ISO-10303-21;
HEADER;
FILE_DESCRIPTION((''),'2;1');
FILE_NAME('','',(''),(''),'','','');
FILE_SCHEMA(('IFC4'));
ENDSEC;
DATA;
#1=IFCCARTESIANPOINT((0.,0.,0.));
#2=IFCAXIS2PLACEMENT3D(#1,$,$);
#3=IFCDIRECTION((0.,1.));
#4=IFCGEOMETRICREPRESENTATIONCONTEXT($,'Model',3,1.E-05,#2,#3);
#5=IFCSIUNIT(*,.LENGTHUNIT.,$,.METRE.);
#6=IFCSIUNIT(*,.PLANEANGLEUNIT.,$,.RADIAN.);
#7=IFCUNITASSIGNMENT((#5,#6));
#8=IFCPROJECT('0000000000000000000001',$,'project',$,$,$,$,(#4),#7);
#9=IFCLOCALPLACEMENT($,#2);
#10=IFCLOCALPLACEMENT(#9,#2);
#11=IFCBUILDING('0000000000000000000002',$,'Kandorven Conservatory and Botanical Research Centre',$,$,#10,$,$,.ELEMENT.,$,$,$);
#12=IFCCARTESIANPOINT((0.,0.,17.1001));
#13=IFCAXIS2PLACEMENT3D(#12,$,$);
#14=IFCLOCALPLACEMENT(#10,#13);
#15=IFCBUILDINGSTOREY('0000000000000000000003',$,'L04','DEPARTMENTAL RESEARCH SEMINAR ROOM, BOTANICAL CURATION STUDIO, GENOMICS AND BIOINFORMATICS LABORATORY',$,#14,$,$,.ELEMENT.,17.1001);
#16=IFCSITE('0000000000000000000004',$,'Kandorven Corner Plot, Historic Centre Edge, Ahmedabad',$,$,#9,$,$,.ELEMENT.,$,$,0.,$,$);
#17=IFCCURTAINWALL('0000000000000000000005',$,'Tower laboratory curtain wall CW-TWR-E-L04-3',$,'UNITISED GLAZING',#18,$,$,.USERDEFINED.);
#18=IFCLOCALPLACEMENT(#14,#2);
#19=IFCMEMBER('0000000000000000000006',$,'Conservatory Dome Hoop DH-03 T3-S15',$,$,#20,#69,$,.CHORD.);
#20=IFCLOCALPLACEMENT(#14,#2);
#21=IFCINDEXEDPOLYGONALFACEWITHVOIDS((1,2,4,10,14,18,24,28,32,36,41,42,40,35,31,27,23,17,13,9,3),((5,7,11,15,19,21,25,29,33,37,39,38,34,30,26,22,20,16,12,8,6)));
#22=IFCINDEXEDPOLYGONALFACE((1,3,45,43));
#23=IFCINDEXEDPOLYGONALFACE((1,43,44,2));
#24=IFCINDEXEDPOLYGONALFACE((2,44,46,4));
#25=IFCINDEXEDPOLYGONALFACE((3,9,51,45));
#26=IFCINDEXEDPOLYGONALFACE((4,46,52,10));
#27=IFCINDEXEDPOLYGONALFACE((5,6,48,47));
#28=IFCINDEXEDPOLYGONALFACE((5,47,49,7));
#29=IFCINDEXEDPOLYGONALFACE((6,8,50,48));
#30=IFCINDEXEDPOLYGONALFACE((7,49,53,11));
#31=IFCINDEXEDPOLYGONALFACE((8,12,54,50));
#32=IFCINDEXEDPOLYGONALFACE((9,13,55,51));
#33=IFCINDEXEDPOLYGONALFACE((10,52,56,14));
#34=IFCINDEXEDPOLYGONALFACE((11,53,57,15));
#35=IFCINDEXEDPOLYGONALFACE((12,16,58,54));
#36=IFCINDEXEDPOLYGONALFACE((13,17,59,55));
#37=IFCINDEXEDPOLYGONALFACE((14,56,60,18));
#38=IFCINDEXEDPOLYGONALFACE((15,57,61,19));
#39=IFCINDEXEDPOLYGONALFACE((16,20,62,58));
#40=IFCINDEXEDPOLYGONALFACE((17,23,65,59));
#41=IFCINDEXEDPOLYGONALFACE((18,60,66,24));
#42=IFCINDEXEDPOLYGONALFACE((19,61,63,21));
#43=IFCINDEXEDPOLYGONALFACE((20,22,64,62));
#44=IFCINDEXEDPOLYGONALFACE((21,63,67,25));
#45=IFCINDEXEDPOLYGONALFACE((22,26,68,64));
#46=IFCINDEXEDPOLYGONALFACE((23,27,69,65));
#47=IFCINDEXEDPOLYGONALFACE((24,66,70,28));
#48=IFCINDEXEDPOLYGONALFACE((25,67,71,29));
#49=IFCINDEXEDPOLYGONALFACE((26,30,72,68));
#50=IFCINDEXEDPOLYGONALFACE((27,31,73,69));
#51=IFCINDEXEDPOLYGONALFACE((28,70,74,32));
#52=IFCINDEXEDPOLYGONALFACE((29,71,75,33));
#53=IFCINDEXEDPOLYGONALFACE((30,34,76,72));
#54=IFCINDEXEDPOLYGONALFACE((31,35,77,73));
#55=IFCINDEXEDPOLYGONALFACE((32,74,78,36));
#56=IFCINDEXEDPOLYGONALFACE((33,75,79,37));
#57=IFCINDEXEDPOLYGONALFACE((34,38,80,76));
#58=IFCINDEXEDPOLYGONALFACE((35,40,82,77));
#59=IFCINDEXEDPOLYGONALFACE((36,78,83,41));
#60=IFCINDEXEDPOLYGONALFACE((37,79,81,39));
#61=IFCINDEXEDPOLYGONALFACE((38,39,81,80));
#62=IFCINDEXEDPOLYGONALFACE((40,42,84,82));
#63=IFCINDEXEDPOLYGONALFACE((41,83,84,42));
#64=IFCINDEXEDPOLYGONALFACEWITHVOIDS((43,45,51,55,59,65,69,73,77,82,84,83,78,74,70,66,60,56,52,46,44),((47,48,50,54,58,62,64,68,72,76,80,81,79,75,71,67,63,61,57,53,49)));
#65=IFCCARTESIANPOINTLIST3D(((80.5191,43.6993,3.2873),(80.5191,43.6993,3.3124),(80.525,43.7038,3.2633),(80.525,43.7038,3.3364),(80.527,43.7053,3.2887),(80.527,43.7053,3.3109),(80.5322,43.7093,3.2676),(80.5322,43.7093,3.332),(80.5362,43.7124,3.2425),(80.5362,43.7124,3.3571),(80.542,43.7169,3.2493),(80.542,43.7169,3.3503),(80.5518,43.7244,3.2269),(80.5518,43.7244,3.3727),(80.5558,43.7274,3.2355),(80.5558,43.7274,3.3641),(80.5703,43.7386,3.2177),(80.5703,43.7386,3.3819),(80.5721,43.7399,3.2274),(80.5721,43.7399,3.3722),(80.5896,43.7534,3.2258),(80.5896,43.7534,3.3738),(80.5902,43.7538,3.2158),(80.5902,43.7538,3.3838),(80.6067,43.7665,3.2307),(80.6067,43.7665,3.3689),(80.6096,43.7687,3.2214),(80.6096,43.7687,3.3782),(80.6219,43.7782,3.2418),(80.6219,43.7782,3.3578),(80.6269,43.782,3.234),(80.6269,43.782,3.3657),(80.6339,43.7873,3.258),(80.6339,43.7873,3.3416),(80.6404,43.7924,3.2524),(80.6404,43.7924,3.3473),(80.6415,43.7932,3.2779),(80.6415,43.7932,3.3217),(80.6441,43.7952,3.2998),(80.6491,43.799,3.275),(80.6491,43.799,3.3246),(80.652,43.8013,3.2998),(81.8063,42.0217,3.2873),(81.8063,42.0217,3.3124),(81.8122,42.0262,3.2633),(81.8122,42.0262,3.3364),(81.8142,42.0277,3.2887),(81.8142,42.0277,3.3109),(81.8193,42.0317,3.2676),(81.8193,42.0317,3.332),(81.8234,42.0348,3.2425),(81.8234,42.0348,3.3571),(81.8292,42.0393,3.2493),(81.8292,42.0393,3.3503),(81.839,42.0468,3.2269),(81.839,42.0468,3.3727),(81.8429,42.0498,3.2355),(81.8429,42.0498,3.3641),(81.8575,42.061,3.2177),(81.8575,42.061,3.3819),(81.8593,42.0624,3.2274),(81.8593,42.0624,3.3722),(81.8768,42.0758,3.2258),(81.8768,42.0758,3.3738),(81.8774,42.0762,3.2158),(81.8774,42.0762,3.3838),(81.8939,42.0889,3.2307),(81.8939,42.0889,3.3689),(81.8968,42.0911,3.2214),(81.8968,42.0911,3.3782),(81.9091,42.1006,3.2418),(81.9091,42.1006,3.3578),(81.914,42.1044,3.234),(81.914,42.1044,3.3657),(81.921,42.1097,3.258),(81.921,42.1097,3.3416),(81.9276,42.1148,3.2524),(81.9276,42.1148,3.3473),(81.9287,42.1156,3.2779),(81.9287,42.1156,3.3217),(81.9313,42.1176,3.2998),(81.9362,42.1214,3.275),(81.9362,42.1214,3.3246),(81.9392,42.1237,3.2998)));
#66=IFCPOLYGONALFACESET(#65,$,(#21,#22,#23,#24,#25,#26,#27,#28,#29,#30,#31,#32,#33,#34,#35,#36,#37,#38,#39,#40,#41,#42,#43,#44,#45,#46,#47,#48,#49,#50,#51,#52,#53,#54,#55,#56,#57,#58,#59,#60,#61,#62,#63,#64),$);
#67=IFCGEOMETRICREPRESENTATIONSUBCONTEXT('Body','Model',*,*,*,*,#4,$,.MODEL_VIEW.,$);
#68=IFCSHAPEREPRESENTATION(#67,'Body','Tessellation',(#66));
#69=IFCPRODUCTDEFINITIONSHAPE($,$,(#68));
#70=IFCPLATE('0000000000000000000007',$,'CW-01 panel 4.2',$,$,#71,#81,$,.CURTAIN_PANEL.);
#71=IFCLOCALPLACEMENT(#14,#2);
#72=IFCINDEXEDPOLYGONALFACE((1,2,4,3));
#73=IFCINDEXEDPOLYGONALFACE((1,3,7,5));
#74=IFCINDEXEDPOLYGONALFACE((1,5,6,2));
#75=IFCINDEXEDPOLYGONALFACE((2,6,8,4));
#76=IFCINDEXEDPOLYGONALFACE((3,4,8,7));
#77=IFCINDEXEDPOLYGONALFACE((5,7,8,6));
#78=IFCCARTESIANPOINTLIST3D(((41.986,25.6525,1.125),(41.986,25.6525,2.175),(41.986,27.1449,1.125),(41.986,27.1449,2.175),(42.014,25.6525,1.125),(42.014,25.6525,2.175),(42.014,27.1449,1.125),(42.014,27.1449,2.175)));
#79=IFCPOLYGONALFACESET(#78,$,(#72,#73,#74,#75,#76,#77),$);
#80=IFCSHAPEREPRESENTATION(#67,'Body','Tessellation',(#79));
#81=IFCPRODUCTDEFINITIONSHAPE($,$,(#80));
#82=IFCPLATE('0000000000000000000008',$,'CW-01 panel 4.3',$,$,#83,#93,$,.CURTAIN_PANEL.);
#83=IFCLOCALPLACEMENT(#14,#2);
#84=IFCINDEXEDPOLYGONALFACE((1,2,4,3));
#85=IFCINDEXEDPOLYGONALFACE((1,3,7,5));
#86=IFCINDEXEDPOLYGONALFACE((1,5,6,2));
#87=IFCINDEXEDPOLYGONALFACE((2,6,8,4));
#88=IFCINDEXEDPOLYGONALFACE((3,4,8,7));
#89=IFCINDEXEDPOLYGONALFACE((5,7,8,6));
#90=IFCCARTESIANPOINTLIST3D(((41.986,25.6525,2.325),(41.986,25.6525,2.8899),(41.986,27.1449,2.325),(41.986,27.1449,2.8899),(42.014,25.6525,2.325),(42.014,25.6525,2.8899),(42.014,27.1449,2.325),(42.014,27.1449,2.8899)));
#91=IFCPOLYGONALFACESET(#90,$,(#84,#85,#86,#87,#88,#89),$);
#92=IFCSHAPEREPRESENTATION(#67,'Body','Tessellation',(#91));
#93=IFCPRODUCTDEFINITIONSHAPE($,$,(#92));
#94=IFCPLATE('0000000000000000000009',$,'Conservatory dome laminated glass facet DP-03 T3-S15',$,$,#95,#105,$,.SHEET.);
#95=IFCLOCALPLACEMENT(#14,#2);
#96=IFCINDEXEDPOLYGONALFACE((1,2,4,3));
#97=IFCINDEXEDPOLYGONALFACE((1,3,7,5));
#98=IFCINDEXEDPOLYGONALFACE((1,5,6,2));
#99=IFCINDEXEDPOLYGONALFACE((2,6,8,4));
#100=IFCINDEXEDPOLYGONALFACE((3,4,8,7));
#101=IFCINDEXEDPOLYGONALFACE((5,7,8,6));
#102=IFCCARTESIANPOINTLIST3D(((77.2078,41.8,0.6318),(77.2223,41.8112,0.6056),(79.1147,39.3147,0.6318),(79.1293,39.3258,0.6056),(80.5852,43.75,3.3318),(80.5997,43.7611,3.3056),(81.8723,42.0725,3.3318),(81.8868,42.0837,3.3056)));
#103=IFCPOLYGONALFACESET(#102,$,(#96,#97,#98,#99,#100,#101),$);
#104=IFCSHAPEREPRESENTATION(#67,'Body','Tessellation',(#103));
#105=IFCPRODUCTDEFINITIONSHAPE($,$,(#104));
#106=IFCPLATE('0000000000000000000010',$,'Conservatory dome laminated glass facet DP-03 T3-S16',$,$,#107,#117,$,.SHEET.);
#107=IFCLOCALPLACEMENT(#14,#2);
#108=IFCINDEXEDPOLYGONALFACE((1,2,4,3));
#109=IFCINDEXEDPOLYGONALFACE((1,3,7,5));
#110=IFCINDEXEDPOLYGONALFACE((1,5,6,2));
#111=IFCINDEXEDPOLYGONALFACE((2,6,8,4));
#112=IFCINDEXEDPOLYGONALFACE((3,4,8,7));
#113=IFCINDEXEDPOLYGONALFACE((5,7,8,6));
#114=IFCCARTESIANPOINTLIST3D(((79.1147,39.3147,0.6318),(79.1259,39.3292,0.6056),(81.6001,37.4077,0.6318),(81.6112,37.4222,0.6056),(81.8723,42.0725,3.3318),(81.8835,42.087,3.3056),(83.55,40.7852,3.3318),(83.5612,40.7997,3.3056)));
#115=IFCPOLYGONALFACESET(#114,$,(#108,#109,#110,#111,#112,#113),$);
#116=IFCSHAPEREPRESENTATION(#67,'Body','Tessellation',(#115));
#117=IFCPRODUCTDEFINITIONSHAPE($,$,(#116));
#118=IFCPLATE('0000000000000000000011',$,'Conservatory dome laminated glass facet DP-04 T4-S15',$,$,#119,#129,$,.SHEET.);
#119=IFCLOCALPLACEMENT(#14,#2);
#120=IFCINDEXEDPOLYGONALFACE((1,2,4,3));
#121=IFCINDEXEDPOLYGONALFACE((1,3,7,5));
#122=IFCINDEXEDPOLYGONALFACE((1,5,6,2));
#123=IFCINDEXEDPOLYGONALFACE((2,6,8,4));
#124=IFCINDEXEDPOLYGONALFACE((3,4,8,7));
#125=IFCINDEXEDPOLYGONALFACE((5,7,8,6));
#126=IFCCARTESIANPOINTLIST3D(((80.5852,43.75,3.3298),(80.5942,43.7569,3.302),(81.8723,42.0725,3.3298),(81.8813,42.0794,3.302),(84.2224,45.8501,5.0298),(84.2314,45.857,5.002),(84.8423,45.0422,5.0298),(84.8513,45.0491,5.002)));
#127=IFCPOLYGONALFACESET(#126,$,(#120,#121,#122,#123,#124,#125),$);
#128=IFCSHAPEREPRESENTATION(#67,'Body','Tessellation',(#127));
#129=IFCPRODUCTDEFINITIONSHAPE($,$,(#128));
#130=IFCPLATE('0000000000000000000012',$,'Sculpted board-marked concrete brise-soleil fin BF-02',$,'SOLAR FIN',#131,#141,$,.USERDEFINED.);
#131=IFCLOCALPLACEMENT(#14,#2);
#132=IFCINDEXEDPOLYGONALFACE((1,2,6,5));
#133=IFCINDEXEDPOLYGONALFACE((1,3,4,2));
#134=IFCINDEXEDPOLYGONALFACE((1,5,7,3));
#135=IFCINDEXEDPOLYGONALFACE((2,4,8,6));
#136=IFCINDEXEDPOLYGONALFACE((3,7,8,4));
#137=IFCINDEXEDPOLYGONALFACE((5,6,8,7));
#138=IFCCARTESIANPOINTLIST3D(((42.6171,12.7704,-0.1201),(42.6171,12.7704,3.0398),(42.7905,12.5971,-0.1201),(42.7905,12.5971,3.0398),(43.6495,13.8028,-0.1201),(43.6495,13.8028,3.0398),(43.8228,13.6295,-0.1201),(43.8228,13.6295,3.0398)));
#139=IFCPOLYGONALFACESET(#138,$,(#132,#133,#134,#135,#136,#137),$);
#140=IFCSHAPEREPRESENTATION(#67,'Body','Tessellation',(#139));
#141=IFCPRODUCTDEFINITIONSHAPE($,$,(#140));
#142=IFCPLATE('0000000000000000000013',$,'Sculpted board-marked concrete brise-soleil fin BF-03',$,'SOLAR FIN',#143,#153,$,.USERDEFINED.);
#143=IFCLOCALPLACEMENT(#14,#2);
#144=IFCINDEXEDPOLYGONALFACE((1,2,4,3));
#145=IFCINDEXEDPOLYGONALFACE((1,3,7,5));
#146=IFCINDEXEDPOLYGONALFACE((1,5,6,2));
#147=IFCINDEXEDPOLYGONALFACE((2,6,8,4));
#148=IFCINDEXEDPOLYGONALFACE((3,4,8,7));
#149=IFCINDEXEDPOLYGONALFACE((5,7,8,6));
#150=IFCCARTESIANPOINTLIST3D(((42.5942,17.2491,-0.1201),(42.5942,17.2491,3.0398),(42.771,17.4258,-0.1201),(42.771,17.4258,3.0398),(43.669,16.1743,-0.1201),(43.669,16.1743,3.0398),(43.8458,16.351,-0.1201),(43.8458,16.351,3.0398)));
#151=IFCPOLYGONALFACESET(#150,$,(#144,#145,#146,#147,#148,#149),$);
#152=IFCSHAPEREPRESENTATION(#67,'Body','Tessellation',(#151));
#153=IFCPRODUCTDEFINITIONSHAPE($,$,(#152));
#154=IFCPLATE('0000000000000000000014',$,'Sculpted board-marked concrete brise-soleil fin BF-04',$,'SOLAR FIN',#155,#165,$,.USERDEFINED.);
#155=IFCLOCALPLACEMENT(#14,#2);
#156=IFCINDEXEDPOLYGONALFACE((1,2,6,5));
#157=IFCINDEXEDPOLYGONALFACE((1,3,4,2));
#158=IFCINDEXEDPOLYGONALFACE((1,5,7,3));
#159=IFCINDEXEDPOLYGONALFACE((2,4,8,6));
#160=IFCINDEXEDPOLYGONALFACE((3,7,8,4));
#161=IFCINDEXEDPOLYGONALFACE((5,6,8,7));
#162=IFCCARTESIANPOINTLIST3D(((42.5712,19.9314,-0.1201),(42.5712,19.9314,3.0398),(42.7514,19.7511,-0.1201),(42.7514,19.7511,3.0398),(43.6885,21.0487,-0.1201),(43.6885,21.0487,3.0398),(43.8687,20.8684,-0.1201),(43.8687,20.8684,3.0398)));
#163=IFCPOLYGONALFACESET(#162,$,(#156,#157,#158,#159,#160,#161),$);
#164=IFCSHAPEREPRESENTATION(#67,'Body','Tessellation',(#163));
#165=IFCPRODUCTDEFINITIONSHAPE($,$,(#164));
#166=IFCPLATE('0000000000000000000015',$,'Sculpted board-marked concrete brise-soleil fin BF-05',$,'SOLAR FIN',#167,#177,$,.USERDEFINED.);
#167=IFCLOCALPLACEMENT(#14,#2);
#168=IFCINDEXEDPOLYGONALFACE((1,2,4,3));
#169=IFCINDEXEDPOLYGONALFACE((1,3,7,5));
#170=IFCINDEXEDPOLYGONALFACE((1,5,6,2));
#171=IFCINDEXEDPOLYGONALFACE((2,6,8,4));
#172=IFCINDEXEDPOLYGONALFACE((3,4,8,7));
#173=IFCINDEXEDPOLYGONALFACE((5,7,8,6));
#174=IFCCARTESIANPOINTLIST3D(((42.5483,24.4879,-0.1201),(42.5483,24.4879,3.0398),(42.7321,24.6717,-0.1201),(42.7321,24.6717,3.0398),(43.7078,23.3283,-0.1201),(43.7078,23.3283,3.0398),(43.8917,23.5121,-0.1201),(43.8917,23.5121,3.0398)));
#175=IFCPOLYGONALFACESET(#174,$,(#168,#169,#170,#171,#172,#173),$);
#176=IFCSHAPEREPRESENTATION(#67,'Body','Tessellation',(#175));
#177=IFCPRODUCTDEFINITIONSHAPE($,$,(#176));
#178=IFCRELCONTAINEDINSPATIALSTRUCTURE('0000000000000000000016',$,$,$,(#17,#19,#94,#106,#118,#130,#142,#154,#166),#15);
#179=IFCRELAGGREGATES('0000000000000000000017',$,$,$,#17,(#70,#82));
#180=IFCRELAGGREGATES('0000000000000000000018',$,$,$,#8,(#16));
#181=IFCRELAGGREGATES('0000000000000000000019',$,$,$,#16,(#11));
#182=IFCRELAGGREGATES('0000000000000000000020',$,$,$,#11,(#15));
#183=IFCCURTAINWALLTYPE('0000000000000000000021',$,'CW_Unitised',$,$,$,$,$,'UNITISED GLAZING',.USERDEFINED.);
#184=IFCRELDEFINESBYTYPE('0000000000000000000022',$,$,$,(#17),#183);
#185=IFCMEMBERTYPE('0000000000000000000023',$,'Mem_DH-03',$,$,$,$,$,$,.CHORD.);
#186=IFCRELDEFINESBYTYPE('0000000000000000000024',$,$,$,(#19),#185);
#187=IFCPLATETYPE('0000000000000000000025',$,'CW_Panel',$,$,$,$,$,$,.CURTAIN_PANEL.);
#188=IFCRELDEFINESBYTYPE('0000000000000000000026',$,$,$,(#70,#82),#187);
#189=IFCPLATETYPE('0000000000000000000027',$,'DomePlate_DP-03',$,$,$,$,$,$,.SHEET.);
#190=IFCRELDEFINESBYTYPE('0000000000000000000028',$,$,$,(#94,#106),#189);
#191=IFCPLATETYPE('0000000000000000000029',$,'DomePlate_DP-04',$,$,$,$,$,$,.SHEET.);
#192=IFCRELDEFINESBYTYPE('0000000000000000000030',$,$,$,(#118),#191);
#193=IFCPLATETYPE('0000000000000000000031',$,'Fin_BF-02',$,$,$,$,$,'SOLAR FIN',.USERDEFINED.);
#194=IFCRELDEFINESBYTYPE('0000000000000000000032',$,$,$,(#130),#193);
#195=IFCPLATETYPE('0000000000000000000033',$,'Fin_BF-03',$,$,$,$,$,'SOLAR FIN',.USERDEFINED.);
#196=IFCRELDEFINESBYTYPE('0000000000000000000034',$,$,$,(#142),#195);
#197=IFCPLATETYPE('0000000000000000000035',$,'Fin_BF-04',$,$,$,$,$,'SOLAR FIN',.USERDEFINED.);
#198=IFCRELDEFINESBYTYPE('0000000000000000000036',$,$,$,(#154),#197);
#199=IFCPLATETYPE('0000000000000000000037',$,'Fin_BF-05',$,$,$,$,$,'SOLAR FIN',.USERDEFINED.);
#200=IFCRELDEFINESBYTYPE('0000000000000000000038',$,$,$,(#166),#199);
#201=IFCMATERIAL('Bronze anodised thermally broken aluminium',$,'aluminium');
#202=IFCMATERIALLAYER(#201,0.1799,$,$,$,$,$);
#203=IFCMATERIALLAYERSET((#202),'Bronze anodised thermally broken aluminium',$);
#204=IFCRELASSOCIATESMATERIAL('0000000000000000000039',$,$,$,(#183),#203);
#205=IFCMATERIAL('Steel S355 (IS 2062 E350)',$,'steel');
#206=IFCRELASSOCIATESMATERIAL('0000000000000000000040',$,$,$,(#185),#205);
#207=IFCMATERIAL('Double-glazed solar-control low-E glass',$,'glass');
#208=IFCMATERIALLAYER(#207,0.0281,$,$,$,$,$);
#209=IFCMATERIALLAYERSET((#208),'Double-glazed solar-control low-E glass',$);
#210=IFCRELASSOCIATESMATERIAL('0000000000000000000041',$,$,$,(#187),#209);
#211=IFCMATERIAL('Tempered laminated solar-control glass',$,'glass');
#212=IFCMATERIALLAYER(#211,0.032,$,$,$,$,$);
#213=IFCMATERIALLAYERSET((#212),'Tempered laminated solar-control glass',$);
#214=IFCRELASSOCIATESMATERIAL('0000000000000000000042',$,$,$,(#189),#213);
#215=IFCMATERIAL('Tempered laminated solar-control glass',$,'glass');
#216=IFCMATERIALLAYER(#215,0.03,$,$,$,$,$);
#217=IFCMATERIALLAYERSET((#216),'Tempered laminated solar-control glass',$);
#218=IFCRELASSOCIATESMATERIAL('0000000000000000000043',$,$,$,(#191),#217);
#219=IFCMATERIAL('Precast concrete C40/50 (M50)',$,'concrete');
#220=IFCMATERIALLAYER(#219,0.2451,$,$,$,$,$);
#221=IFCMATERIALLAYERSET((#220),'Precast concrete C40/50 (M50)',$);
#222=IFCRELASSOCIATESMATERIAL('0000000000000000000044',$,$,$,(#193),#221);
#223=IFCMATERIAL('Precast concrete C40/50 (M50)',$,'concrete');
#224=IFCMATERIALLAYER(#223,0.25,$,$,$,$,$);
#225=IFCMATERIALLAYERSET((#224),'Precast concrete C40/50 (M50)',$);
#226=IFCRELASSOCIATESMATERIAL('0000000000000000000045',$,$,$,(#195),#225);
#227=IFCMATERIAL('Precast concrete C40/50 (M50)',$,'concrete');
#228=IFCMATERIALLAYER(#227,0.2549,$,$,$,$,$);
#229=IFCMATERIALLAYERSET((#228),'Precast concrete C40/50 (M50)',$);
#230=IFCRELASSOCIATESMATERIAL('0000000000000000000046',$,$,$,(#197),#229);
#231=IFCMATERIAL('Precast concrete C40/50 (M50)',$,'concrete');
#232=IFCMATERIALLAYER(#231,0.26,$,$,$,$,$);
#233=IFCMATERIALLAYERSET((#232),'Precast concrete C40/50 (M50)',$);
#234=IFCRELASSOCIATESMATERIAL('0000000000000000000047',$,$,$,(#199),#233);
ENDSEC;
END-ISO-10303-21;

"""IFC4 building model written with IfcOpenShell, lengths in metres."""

from ifc_helpers import new_model, si_unit, direction, frame, origin, origin_2d, place, context, subcontext, project, spatial, polyline, rectangle, hollow_circle, outline, extrude, material, layer, layer_set, material_profile, profile_set, type_object, element, aggregate, save


model = new_model("IFC4")

# Units and contexts
model_context = context("Model", 3, precision=1e-05, world=origin(), true_north=direction((0.0, 1.0)))
body_context = subcontext(model_context, "Body", "Model", "MODEL_VIEW")
ifc_project = project(units=[si_unit("LENGTHUNIT", "METRE"), si_unit("PLANEANGLEUNIT", "RADIAN")], contexts=[model_context])

# Site, building, storey
site_placement = place(None, origin())
site = spatial("IfcSite", under=ifc_project, at=site_placement, Name="Kandorven Corner Plot, Historic Centre Edge, Ahmedabad", CompositionType="ELEMENT", RefElevation=0.0)
building_placement = place(site_placement, origin())
building = spatial("IfcBuilding", under=site, at=building_placement, Name="Kandorven Conservatory and Botanical Research Centre", CompositionType="ELEMENT")
storey_placement = place(building_placement, frame((0.0, 0.0, 17.1001)))
storey = spatial("IfcBuildingStorey", under=building, at=storey_placement, Name="L04", Description="DEPARTMENTAL RESEARCH SEMINAR ROOM, BOTANICAL CURATION STUDIO, GENOMICS AND BIOINFORMATICS LABORATORY", CompositionType="ELEMENT", Elevation=17.1001)

# Curtain wall
ifc_material_1 = material(Name="Bronze anodised thermally broken aluminium", Category="aluminium")
ifc_layer_1 = layer(ifc_material_1, 0.1799)
ifc_layer_set_1 = layer_set([ifc_layer_1], Name="Bronze anodised thermally broken aluminium")
curtain_wall_type = type_object("IfcCurtainWallType", Name="CW_Unitised", ElementType="UNITISED GLAZING", PredefinedType="USERDEFINED", material=ifc_layer_set_1)
curtain_wall_placement = place(storey_placement, origin())
curtain_wall = element("IfcCurtainWall", 1, at=curtain_wall_placement, inside=storey, type_object=curtain_wall_type, Name="Tower laboratory curtain wall CW-TWR-E-L04-3", ObjectType="UNITISED GLAZING", PredefinedType="USERDEFINED")

# Member
ifc_material_2 = material(Name="Steel S355 (IS 2062 E350)", Category="steel")
ifc_material_profile_1 = material_profile(ifc_material_2, hollow_circle(Radius=0.0842, WallThickness=0.01, at=origin_2d()))
ifc_profile_set_1 = profile_set([ifc_material_profile_1], Name="Steel S355 (IS 2062 E350)")
member_type_1 = type_object("IfcMemberType", Name="Mem_DH-03", PredefinedType="CHORD", material=ifc_profile_set_1)
member_1_placement = place(storey_placement, frame((80.5852, 43.75, 3.2998), z_axis=(0.608739, -0.79337, 0.0), x_axis=(0.79337, 0.608739, 0.0)))
element("IfcMember", 2, at=member_1_placement, inside=storey, type_object=member_type_1, Name="Conservatory Dome Hoop DH-03 T3-S15", PredefinedType="CHORD", context=body_context, shape_type="SweptSolid", body=[
    extrude(hollow_circle(Radius=0.0842, WallThickness=0.01, at=origin_2d()), origin(), (0.0, 0.0, 1.0), 2.1145),
])

# Plates
ifc_material_3 = material(Name="Double-glazed solar-control low-E glass", Category="glass")
ifc_layer_2 = layer(ifc_material_3, 0.0281)
ifc_layer_set_2 = layer_set([ifc_layer_2], Name="Double-glazed solar-control low-E glass")
plate_type_1 = type_object("IfcPlateType", Name="CW_Panel", PredefinedType="CURTAIN_PANEL", material=ifc_layer_set_2)
plate_1_placement = place(storey_placement, frame((42.0, 26.3987, 1.125), z_axis=(0.0, 0.0, 1.0), x_axis=(0.0, 1.0, 0.0)))
plate_1 = element("IfcPlate", 3, at=plate_1_placement, type_object=plate_type_1, Name="CW-01 panel 4.2", PredefinedType="CURTAIN_PANEL", context=body_context, shape_type="SweptSolid", body=[
    extrude(rectangle(XDim=1.4924, YDim=0.0281, at=origin_2d()), origin(), (0.0, 0.0, 1.0), 1.05),
])
plate_2_placement = place(storey_placement, frame((42.0, 26.3987, 2.325), z_axis=(0.0, 0.0, 1.0), x_axis=(0.0, 1.0, 0.0)))
plate_2 = element("IfcPlate", 4, at=plate_2_placement, type_object=plate_type_1, Name="CW-01 panel 4.3", PredefinedType="CURTAIN_PANEL", context=body_context, shape_type="SweptSolid", body=[
    extrude(rectangle(XDim=1.4924, YDim=0.0281, at=origin_2d()), origin(), (0.0, 0.0, 1.0), 0.5649),
])
aggregate(curtain_wall, [plate_1, plate_2])

# Plates
ifc_material_4 = material(Name="Tempered laminated solar-control glass", Category="glass")
ifc_layer_3 = layer(ifc_material_4, 0.032)
ifc_layer_set_3 = layer_set([ifc_layer_3], Name="Tempered laminated solar-control glass")
plate_type_2 = type_object("IfcPlateType", Name="DomePlate_DP-03", PredefinedType="SHEET", material=ifc_layer_set_3)
plate_3_placement = place(storey_placement, frame((77.2078, 41.8, 0.6318), z_axis=(-0.454216, -0.348514, 0.819893), x_axis=(0.608742, -0.793368, 0.000001)))
element("IfcPlate", 5, at=plate_3_placement, inside=storey, type_object=plate_type_2, Name="Conservatory dome laminated glass facet DP-03 T3-S15", PredefinedType="SHEET", context=body_context, shape_type="SweptSolid", body=[
    extrude(outline(polyline([(0.0, 0.0), (3.1327, 0.0), (2.6233, 4.7159), (0.509, 4.7159), (0.0, 0.0)])), origin(), (0.0, 0.0, -1.0), 0.032),
])
plate_4_placement = place(storey_placement, frame((79.1147, 39.3147, 0.6318), z_axis=(-0.348517, -0.454212, 0.819895), x_axis=(0.793367, -0.608744, 0.000003)))
element("IfcPlate", 6, at=plate_4_placement, inside=storey, type_object=plate_type_2, Name="Conservatory dome laminated glass facet DP-03 T3-S16", PredefinedType="SHEET", context=body_context, shape_type="SweptSolid", body=[
    extrude(outline(polyline([(0.0, 0.0), (3.1327, 0.0), (2.6237, 4.7159), (0.509, 4.716), (0.0, 0.0)])), origin(), (0.0, 0.0, -1.0), 0.032),
])
ifc_material_5 = material(Name="Tempered laminated solar-control glass", Category="glass")
ifc_layer_4 = layer(ifc_material_5, 0.03)
ifc_layer_set_4 = layer_set([ifc_layer_4], Name="Tempered laminated solar-control glass")
plate_type_3 = type_object("IfcPlateType", Name="DomePlate_DP-04", PredefinedType="SHEET", material=ifc_layer_set_4)
plate_5_placement = place(storey_placement, frame((80.5852, 43.75, 3.3298), z_axis=(-0.299861, -0.23008, 0.925822), x_axis=(0.60874, -0.79337, -0.000001)))
element("IfcPlate", 7, at=plate_5_placement, inside=storey, type_object=plate_type_3, Name="Conservatory dome laminated glass facet DP-04 T4-S15", PredefinedType="SHEET", context=body_context, shape_type="SweptSolid", body=[
    extrude(outline(polyline([(0.0, 0.0), (2.1144, 0.0), (1.5662, 4.4977), (0.548, 4.4977), (0.0, 0.0)])), origin(), (0.0, 0.0, -1.0), 0.03),
])
ifc_material_6 = material(Name="Precast concrete C40/50 (M50)", Category="concrete")
ifc_layer_5 = layer(ifc_material_6, 0.2451)
ifc_layer_set_5 = layer_set([ifc_layer_5], Name="Precast concrete C40/50 (M50)")
plate_type_4 = type_object("IfcPlateType", Name="Fin_BF-02", ElementType="SOLAR FIN", PredefinedType="USERDEFINED", material=ifc_layer_set_5)
plate_6_placement = place(storey_placement, frame((43.22, 13.2, -0.1201), z_axis=(0.0, 0.0, 1.0), x_axis=(0.707107, 0.707107, 0.0)))
element("IfcPlate", 8, at=plate_6_placement, inside=storey, type_object=plate_type_4, Name="Sculpted board-marked concrete brise-soleil fin BF-02", ObjectType="SOLAR FIN", PredefinedType="USERDEFINED", context=body_context, shape_type="SweptSolid", body=[
    extrude(rectangle(XDim=1.46, YDim=0.2451, at=origin_2d()), origin(), (0.0, 0.0, 1.0), 3.1599),
])
ifc_material_7 = material(Name="Precast concrete C40/50 (M50)", Category="concrete")
ifc_layer_6 = layer(ifc_material_7, 0.25)
ifc_layer_set_6 = layer_set([ifc_layer_6], Name="Precast concrete C40/50 (M50)")
plate_type_5 = type_object("IfcPlateType", Name="Fin_BF-03", ElementType="SOLAR FIN", PredefinedType="USERDEFINED", material=ifc_layer_set_6)
plate_7_placement = place(storey_placement, frame((43.22, 16.8, -0.1201), z_axis=(0.0, 0.0, 1.0), x_axis=(-0.707107, 0.707107, 0.0)))
element("IfcPlate", 9, at=plate_7_placement, inside=storey, type_object=plate_type_5, Name="Sculpted board-marked concrete brise-soleil fin BF-03", ObjectType="SOLAR FIN", PredefinedType="USERDEFINED", context=body_context, shape_type="SweptSolid", body=[
    extrude(rectangle(XDim=1.52, YDim=0.25, at=origin_2d()), origin(), (0.0, 0.0, 1.0), 3.1599),
])
ifc_material_8 = material(Name="Precast concrete C40/50 (M50)", Category="concrete")
ifc_layer_7 = layer(ifc_material_8, 0.2549)
ifc_layer_set_7 = layer_set([ifc_layer_7], Name="Precast concrete C40/50 (M50)")
plate_type_6 = type_object("IfcPlateType", Name="Fin_BF-04", ElementType="SOLAR FIN", PredefinedType="USERDEFINED", material=ifc_layer_set_7)
plate_8_placement = place(storey_placement, frame((43.22, 20.3999, -0.1201), z_axis=(0.0, 0.0, 1.0), x_axis=(0.707107, 0.707107, 0.0)))
element("IfcPlate", 10, at=plate_8_placement, inside=storey, type_object=plate_type_6, Name="Sculpted board-marked concrete brise-soleil fin BF-04", ObjectType="SOLAR FIN", PredefinedType="USERDEFINED", context=body_context, shape_type="SweptSolid", body=[
    extrude(rectangle(XDim=1.5801, YDim=0.2549, at=origin_2d()), origin(), (0.0, 0.0, 1.0), 3.1599),
])
ifc_material_9 = material(Name="Precast concrete C40/50 (M50)", Category="concrete")
ifc_layer_8 = layer(ifc_material_9, 0.26)
ifc_layer_set_8 = layer_set([ifc_layer_8], Name="Precast concrete C40/50 (M50)")
plate_type_7 = type_object("IfcPlateType", Name="Fin_BF-05", ElementType="SOLAR FIN", PredefinedType="USERDEFINED", material=ifc_layer_set_8)
plate_9_placement = place(storey_placement, frame((43.22, 24.0, -0.1201), z_axis=(0.0, 0.0, 1.0), x_axis=(-0.707107, 0.707107, 0.0)))
element("IfcPlate", 11, at=plate_9_placement, inside=storey, type_object=plate_type_7, Name="Sculpted board-marked concrete brise-soleil fin BF-05", ObjectType="SOLAR FIN", PredefinedType="USERDEFINED", context=body_context, shape_type="SweptSolid", body=[
    extrude(rectangle(XDim=1.6399, YDim=0.26, at=origin_2d()), origin(), (0.0, 0.0, 1.0), 3.1599),
])

save(model, "model.ifc")
